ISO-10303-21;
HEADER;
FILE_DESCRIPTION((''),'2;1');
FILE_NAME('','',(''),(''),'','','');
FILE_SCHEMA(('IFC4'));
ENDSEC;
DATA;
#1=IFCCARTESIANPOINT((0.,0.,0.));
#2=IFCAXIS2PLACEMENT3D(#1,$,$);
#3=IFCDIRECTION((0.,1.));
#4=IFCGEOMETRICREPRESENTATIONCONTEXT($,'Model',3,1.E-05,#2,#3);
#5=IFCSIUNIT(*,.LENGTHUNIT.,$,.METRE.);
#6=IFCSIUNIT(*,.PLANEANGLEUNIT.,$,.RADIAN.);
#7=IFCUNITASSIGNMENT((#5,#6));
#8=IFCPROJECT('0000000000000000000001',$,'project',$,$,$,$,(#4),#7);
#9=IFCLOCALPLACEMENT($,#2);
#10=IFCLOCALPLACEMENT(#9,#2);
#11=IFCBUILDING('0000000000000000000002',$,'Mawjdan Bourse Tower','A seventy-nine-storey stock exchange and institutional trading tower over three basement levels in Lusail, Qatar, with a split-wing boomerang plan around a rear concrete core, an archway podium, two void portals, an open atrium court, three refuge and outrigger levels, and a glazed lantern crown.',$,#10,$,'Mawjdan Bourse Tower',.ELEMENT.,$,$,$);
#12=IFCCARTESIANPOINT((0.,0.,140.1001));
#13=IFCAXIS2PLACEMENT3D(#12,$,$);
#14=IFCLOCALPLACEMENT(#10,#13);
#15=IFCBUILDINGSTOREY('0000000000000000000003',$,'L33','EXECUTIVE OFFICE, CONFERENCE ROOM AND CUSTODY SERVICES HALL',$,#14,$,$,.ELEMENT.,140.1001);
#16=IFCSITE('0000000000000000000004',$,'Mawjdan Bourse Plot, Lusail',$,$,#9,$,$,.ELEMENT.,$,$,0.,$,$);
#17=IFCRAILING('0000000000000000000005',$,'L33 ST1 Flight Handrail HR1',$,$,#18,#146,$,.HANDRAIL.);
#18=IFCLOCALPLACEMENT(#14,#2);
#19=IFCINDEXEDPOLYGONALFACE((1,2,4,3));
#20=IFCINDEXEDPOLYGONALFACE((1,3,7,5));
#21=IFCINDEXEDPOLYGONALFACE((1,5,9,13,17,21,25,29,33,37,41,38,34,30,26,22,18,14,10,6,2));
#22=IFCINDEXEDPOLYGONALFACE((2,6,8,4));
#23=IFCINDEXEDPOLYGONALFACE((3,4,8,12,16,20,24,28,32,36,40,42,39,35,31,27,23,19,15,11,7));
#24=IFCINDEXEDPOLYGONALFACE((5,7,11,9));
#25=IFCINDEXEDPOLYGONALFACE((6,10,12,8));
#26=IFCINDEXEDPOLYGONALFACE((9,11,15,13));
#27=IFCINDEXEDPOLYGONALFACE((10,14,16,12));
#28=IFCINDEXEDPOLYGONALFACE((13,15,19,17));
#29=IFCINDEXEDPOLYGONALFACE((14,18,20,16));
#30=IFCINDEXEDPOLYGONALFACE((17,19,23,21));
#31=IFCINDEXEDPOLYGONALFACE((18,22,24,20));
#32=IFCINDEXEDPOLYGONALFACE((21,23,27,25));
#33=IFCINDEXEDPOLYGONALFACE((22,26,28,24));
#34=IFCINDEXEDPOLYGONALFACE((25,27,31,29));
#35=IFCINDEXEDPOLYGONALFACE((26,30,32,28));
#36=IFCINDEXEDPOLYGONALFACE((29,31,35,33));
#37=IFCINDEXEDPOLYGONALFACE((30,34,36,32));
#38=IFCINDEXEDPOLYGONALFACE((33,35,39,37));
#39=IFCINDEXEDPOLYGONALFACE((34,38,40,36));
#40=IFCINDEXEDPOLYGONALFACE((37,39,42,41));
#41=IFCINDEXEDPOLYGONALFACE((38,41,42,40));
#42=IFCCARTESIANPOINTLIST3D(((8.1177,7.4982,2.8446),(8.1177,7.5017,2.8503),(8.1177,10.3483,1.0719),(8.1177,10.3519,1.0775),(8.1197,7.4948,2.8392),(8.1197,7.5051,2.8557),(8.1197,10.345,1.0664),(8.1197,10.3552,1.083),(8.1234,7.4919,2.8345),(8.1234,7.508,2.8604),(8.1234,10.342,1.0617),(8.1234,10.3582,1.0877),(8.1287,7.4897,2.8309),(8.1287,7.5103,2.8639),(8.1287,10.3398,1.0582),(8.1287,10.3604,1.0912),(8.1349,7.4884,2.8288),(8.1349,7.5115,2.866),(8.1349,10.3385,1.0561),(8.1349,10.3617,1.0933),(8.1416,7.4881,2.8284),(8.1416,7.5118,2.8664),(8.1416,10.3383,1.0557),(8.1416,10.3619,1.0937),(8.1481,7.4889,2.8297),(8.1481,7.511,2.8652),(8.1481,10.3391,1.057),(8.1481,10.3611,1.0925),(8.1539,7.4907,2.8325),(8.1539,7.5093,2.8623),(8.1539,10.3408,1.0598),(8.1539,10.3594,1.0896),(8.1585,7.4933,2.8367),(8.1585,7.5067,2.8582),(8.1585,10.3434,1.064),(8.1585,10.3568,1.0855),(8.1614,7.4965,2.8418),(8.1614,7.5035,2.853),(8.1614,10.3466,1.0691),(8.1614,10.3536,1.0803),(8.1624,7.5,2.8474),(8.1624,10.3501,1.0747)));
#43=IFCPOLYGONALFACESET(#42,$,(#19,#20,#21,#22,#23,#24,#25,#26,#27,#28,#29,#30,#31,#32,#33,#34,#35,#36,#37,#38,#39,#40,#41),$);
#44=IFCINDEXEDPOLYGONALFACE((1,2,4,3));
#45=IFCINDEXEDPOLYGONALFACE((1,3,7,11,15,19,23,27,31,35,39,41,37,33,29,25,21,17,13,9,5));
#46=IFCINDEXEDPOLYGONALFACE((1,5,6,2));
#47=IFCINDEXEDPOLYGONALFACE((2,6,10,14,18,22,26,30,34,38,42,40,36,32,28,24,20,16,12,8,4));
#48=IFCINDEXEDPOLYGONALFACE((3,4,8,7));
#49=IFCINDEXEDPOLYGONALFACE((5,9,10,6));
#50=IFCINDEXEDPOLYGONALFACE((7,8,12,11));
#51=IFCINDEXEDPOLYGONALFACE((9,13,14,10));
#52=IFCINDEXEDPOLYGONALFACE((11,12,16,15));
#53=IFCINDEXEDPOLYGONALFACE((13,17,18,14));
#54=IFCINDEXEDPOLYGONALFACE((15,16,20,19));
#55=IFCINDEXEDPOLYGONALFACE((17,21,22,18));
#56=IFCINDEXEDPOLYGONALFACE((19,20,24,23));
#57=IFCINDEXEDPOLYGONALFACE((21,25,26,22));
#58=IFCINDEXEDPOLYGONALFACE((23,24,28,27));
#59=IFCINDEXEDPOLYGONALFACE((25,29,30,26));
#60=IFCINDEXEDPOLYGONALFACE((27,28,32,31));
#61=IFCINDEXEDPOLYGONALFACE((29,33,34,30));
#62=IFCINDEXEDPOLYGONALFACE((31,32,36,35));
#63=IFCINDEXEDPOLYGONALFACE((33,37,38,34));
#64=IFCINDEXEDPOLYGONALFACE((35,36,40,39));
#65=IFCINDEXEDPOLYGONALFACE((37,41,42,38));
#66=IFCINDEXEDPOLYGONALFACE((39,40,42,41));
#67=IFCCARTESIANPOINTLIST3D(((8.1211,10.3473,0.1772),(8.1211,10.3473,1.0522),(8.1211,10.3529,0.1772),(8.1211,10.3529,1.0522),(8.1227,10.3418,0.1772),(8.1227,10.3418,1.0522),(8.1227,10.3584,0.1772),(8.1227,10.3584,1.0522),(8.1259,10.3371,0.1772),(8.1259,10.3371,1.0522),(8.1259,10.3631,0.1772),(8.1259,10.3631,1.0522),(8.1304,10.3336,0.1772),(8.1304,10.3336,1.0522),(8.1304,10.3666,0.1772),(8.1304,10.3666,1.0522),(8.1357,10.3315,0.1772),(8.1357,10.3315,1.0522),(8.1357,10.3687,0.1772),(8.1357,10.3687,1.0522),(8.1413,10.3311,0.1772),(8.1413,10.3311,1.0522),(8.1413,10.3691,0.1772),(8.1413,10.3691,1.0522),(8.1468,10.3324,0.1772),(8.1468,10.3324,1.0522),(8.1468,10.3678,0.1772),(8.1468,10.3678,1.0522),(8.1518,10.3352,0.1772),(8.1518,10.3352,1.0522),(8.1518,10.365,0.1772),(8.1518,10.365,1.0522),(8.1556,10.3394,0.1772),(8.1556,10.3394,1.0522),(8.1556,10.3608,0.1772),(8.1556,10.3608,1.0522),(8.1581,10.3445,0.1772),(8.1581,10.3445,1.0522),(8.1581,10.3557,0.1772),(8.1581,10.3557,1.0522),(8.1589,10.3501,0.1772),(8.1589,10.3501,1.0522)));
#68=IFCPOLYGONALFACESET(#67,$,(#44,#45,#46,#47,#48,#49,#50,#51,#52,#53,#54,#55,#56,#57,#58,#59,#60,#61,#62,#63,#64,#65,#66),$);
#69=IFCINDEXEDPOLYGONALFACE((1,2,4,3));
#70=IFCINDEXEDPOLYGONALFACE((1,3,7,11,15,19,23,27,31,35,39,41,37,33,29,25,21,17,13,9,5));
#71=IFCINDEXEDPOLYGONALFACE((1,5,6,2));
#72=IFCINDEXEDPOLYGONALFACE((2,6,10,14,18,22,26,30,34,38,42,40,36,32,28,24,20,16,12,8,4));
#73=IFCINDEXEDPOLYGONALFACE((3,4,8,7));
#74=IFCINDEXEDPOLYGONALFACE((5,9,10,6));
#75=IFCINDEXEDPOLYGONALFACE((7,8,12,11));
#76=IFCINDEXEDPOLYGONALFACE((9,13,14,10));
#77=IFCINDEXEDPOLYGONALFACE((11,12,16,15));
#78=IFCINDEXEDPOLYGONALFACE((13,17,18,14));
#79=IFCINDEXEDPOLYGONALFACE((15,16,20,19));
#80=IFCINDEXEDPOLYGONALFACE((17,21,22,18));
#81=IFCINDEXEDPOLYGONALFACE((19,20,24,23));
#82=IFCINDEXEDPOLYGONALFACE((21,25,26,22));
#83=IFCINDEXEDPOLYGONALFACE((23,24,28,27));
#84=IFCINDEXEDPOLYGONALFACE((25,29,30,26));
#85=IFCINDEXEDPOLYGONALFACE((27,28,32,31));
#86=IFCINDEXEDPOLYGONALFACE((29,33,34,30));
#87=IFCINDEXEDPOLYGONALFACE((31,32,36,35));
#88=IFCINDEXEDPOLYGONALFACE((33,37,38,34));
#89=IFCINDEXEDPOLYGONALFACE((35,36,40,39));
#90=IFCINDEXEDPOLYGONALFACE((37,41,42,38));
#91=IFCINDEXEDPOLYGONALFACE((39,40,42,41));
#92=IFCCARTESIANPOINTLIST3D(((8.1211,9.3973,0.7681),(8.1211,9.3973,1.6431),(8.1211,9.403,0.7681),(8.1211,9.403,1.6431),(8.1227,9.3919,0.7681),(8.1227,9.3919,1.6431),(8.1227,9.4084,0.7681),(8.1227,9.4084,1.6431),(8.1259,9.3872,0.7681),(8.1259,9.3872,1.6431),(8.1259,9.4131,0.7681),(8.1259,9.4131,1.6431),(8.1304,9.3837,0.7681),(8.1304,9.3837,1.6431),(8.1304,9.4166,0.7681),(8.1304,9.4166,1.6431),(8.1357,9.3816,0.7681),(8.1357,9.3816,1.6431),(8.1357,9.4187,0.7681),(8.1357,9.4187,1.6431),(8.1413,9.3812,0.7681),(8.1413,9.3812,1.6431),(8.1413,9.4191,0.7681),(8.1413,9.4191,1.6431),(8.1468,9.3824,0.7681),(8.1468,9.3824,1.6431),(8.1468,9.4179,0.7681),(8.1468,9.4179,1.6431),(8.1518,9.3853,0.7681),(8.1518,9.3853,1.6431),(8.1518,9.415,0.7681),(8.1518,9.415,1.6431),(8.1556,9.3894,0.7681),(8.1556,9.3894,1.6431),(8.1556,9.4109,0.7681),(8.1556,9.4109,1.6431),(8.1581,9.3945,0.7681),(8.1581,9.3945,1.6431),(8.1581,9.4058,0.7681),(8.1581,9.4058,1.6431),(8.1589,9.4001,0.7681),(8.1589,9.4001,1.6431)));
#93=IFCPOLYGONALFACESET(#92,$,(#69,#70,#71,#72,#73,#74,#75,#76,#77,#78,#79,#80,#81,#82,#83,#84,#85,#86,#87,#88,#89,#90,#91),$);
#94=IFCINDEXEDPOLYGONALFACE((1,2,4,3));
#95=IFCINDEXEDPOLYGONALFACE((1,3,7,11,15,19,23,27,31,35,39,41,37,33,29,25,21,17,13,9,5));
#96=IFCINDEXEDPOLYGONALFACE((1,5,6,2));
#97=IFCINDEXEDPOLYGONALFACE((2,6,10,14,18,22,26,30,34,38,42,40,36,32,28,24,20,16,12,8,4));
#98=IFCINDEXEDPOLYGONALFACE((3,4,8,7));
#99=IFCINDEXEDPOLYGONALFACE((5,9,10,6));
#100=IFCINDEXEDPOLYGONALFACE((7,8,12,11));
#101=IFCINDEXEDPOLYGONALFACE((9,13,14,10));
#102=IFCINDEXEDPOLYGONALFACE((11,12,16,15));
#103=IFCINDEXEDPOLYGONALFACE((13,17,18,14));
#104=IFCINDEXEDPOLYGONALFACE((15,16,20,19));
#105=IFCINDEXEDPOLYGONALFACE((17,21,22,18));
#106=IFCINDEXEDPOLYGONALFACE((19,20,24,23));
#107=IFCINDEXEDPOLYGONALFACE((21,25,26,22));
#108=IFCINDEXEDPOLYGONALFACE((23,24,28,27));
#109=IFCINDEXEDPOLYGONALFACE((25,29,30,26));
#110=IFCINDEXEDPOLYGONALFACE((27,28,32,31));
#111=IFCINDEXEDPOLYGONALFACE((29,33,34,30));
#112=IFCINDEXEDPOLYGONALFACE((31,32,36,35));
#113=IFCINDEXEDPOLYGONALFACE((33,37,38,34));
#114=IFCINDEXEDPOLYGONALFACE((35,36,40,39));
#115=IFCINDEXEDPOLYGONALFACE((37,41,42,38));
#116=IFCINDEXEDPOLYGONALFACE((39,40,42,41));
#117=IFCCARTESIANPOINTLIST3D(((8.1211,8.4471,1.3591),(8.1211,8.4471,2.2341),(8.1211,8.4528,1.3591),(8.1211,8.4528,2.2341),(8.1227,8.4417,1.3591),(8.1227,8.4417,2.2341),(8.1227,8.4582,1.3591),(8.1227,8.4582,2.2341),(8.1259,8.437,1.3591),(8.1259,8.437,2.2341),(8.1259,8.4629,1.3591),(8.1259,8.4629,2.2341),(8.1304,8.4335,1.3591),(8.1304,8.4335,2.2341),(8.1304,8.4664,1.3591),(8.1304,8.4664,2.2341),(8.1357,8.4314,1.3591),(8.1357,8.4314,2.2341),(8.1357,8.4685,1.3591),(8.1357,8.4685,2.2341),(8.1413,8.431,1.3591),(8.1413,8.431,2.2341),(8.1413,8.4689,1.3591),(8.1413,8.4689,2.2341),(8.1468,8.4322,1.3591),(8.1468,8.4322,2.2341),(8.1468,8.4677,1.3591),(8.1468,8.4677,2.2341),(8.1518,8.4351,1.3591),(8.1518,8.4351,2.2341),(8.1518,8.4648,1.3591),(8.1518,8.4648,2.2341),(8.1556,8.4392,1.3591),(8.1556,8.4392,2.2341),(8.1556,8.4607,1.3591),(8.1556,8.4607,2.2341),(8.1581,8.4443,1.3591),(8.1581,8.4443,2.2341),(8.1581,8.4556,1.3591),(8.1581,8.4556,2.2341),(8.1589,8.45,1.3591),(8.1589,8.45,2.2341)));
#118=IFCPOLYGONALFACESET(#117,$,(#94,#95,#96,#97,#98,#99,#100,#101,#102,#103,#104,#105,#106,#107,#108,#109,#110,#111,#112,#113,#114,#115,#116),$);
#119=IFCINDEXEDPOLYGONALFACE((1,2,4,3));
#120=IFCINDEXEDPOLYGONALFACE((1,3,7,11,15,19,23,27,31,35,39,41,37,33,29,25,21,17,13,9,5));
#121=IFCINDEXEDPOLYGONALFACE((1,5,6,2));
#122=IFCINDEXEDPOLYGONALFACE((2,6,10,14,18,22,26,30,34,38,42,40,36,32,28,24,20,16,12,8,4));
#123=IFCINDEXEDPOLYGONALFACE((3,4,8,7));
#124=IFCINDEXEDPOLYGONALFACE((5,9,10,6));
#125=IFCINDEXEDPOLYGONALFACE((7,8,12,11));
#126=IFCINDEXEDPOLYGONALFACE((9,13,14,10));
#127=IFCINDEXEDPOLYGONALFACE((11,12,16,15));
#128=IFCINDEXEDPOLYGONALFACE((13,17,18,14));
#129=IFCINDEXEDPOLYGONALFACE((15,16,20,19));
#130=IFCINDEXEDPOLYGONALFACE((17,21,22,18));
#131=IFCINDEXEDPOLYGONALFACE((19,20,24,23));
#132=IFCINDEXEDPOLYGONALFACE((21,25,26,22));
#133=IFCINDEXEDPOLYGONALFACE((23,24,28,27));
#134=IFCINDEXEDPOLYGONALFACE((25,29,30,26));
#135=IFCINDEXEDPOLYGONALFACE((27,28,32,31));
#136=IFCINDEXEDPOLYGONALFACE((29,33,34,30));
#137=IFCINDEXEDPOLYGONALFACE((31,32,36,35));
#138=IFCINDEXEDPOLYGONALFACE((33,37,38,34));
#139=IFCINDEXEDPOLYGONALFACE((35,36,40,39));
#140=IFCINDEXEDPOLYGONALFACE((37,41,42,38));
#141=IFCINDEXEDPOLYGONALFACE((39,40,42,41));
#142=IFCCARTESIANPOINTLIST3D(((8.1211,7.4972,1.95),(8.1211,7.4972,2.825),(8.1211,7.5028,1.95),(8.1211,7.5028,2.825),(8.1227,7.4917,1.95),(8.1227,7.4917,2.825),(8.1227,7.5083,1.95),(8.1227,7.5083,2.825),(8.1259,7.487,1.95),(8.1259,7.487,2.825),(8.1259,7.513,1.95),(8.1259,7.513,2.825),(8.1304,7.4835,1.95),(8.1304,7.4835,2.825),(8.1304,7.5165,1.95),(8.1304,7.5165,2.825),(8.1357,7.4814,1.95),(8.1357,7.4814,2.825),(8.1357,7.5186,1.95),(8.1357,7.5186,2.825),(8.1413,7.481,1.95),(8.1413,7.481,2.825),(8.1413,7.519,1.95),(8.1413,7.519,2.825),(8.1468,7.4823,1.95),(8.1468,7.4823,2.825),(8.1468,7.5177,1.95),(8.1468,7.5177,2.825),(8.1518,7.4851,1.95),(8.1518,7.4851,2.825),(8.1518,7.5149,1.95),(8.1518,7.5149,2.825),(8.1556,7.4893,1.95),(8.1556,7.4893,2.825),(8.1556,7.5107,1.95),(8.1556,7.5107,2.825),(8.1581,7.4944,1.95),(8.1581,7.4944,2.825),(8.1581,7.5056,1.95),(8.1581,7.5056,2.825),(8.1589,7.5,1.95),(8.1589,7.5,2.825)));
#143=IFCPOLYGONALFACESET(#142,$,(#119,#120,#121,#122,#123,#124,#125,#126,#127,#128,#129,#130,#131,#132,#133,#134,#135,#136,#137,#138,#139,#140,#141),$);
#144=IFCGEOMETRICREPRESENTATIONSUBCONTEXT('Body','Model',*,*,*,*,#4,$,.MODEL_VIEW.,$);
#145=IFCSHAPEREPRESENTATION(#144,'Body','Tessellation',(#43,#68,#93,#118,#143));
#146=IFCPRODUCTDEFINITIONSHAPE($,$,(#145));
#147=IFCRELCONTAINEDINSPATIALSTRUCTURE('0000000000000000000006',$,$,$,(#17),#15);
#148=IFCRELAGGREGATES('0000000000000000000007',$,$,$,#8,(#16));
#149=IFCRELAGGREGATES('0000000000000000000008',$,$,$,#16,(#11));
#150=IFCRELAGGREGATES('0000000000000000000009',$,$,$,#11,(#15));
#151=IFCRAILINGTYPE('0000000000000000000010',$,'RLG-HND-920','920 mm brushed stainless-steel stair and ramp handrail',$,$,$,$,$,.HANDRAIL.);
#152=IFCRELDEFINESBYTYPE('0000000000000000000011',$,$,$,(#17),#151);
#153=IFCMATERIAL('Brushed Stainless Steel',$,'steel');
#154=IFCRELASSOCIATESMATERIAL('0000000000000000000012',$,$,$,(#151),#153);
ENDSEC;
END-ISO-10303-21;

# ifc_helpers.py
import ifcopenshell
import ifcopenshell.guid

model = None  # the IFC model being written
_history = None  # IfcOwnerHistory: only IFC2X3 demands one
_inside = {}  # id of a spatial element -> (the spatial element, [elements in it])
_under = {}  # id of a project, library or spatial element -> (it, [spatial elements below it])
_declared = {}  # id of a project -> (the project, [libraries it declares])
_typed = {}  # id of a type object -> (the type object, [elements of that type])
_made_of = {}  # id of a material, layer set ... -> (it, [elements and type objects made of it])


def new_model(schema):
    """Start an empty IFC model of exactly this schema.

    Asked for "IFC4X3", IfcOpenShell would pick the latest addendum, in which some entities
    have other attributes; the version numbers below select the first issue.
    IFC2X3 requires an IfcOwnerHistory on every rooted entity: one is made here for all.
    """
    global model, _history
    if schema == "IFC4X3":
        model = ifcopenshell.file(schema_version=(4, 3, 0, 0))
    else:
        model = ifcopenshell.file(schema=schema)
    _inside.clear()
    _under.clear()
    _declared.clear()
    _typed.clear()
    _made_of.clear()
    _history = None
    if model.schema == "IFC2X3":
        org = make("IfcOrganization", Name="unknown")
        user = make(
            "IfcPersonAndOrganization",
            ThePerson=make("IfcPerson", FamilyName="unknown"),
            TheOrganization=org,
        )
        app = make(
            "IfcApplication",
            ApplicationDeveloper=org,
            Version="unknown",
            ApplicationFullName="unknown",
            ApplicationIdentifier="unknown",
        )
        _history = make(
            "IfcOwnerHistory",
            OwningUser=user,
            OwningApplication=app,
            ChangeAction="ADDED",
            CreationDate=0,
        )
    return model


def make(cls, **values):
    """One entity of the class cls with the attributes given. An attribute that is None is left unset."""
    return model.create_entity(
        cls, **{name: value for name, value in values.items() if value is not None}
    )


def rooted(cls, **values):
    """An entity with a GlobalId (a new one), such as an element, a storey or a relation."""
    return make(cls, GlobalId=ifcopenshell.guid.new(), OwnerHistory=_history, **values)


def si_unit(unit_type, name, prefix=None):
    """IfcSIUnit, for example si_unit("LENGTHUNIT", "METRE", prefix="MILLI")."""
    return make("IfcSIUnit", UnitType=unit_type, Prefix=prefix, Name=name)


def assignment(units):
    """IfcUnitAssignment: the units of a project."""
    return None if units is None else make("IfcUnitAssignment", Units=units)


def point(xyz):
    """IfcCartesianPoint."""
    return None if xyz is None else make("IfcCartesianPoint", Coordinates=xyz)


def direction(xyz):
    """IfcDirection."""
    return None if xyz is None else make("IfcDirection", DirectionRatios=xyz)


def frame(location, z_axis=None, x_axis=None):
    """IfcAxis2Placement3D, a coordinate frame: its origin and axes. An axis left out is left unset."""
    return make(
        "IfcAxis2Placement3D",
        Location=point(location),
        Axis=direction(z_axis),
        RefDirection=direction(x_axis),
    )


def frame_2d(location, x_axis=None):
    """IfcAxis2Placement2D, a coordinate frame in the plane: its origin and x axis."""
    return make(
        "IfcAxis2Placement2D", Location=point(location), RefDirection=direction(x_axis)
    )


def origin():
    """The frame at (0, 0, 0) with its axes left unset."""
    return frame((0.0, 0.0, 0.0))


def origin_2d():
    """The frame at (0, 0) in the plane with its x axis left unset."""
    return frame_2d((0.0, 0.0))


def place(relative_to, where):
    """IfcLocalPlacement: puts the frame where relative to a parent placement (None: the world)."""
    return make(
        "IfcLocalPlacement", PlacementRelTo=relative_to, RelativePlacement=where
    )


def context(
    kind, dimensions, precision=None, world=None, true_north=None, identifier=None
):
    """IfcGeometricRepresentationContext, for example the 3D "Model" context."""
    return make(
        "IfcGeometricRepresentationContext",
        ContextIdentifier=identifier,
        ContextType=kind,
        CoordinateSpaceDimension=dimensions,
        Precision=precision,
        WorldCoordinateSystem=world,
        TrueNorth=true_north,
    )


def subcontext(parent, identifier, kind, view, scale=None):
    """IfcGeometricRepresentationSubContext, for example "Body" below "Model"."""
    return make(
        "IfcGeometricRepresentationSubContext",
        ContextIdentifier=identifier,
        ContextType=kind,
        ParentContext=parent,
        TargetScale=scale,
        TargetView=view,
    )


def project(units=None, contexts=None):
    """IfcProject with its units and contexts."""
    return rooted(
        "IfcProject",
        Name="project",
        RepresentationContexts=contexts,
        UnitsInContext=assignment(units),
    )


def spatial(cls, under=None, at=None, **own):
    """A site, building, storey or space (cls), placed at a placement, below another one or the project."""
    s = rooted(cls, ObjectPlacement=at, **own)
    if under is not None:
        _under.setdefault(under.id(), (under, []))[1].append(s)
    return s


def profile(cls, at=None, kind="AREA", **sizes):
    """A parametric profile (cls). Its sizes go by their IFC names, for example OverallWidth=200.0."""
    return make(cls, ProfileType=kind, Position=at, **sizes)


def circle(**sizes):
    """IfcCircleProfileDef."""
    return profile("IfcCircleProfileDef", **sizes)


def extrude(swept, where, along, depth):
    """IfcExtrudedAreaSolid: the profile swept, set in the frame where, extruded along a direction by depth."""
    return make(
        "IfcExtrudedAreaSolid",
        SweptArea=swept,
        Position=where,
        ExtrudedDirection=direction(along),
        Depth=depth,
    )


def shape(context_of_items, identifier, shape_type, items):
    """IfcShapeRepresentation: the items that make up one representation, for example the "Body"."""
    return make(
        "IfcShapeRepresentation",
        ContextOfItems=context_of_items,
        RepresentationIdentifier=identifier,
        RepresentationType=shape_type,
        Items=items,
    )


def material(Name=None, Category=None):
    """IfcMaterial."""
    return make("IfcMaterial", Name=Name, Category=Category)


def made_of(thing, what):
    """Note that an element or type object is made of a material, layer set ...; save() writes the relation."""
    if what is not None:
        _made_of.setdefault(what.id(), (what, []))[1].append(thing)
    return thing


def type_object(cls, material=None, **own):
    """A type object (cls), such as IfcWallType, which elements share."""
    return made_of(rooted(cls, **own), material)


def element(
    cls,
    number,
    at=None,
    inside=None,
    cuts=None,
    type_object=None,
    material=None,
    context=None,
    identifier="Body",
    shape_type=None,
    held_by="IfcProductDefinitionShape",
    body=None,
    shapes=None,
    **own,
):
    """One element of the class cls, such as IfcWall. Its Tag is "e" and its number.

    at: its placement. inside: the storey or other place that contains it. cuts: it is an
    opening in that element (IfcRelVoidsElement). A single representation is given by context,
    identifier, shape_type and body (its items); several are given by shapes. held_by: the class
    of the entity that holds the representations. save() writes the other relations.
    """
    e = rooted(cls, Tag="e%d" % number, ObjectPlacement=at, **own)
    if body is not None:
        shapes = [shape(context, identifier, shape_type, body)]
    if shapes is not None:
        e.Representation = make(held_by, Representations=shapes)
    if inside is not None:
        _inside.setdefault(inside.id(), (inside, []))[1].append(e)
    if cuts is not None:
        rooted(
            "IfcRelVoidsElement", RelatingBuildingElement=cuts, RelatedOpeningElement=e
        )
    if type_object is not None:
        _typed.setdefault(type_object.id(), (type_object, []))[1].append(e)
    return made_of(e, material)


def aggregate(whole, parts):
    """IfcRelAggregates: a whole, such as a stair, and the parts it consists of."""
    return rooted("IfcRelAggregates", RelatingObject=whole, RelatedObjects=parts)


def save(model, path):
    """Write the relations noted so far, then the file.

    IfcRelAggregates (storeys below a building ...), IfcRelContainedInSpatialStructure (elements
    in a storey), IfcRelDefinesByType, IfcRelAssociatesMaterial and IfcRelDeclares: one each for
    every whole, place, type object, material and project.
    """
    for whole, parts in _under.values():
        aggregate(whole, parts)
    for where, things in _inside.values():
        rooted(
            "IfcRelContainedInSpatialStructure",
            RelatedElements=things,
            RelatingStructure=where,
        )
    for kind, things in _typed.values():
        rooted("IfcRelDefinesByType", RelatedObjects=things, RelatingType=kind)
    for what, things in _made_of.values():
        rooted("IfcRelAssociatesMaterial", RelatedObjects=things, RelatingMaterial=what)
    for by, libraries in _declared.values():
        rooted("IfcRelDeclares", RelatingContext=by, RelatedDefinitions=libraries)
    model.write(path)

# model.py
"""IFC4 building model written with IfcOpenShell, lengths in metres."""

from ifc_helpers import new_model, si_unit, direction, frame, origin, origin_2d, place, context, subcontext, project, spatial, circle, extrude, material, type_object, element, save


model = new_model("IFC4")

# Units and contexts
model_context = context("Model", 3, precision=1e-05, world=origin(), true_north=direction((0.0, 1.0)))
body_context = subcontext(model_context, "Body", "Model", "MODEL_VIEW")
ifc_project = project(units=[si_unit("LENGTHUNIT", "METRE"), si_unit("PLANEANGLEUNIT", "RADIAN")], contexts=[model_context])

# Site, building, storey
site_placement = place(None, origin())
site = spatial("IfcSite", under=ifc_project, at=site_placement, Name="Mawjdan Bourse Plot, Lusail", CompositionType="ELEMENT", RefElevation=0.0)
building_placement = place(site_placement, origin())
building = spatial("IfcBuilding", under=site, at=building_placement, Name="Mawjdan Bourse Tower", Description="A seventy-nine-storey stock exchange and institutional trading tower over three basement levels in Lusail, Qatar, with a split-wing boomerang plan around a rear concrete core, an archway podium, two void portals, an open atrium court, three refuge and outrigger levels, and a glazed lantern crown.", LongName="Mawjdan Bourse Tower", CompositionType="ELEMENT")
storey_placement = place(building_placement, frame((0.0, 0.0, 140.1001)))
storey = spatial("IfcBuildingStorey", under=building, at=storey_placement, Name="L33", Description="EXECUTIVE OFFICE, CONFERENCE ROOM AND CUSTODY SERVICES HALL", CompositionType="ELEMENT", Elevation=140.1001)

# Railing
ifc_material_1 = material(Name="Brushed Stainless Steel", Category="steel")
railing_type_1 = type_object("IfcRailingType", Name="RLG-HND-920", Description="920 mm brushed stainless-steel stair and ramp handrail", PredefinedType="HANDRAIL", material=ifc_material_1)
railing_placement = place(storey_placement, frame((8.1399, 10.3501, 0.1772)))
element("IfcRailing", 1, at=railing_placement, inside=storey, type_object=railing_type_1, Name="L33 ST1 Flight Handrail HR1", PredefinedType="HANDRAIL", context=body_context, shape_type="SweptSolid", body=[
    extrude(circle(Radius=0.0225, at=origin_2d()), frame((0.0, 0.0, 0.8975), z_axis=(0.0, -0.849149, 0.528154), x_axis=(1.0, 0.0, 0.0)), (0.0, 0.0, 1.0), 3.3564),
    extrude(circle(Radius=0.019, at=origin_2d()), origin(), (0.0, 0.0, 1.0), 0.875),
    extrude(circle(Radius=0.019, at=origin_2d()), frame((0.0, -0.95, 0.5908)), (0.0, 0.0, 1.0), 0.875),
    extrude(circle(Radius=0.019, at=origin_2d()), frame((0.0, -1.9001, 1.1819)), (0.0, 0.0, 1.0), 0.875),
    extrude(circle(Radius=0.019, at=origin_2d()), frame((0.0, -2.8501, 1.7727)), (0.0, 0.0, 1.0), 0.875),
])

save(model, "model.ifc")
